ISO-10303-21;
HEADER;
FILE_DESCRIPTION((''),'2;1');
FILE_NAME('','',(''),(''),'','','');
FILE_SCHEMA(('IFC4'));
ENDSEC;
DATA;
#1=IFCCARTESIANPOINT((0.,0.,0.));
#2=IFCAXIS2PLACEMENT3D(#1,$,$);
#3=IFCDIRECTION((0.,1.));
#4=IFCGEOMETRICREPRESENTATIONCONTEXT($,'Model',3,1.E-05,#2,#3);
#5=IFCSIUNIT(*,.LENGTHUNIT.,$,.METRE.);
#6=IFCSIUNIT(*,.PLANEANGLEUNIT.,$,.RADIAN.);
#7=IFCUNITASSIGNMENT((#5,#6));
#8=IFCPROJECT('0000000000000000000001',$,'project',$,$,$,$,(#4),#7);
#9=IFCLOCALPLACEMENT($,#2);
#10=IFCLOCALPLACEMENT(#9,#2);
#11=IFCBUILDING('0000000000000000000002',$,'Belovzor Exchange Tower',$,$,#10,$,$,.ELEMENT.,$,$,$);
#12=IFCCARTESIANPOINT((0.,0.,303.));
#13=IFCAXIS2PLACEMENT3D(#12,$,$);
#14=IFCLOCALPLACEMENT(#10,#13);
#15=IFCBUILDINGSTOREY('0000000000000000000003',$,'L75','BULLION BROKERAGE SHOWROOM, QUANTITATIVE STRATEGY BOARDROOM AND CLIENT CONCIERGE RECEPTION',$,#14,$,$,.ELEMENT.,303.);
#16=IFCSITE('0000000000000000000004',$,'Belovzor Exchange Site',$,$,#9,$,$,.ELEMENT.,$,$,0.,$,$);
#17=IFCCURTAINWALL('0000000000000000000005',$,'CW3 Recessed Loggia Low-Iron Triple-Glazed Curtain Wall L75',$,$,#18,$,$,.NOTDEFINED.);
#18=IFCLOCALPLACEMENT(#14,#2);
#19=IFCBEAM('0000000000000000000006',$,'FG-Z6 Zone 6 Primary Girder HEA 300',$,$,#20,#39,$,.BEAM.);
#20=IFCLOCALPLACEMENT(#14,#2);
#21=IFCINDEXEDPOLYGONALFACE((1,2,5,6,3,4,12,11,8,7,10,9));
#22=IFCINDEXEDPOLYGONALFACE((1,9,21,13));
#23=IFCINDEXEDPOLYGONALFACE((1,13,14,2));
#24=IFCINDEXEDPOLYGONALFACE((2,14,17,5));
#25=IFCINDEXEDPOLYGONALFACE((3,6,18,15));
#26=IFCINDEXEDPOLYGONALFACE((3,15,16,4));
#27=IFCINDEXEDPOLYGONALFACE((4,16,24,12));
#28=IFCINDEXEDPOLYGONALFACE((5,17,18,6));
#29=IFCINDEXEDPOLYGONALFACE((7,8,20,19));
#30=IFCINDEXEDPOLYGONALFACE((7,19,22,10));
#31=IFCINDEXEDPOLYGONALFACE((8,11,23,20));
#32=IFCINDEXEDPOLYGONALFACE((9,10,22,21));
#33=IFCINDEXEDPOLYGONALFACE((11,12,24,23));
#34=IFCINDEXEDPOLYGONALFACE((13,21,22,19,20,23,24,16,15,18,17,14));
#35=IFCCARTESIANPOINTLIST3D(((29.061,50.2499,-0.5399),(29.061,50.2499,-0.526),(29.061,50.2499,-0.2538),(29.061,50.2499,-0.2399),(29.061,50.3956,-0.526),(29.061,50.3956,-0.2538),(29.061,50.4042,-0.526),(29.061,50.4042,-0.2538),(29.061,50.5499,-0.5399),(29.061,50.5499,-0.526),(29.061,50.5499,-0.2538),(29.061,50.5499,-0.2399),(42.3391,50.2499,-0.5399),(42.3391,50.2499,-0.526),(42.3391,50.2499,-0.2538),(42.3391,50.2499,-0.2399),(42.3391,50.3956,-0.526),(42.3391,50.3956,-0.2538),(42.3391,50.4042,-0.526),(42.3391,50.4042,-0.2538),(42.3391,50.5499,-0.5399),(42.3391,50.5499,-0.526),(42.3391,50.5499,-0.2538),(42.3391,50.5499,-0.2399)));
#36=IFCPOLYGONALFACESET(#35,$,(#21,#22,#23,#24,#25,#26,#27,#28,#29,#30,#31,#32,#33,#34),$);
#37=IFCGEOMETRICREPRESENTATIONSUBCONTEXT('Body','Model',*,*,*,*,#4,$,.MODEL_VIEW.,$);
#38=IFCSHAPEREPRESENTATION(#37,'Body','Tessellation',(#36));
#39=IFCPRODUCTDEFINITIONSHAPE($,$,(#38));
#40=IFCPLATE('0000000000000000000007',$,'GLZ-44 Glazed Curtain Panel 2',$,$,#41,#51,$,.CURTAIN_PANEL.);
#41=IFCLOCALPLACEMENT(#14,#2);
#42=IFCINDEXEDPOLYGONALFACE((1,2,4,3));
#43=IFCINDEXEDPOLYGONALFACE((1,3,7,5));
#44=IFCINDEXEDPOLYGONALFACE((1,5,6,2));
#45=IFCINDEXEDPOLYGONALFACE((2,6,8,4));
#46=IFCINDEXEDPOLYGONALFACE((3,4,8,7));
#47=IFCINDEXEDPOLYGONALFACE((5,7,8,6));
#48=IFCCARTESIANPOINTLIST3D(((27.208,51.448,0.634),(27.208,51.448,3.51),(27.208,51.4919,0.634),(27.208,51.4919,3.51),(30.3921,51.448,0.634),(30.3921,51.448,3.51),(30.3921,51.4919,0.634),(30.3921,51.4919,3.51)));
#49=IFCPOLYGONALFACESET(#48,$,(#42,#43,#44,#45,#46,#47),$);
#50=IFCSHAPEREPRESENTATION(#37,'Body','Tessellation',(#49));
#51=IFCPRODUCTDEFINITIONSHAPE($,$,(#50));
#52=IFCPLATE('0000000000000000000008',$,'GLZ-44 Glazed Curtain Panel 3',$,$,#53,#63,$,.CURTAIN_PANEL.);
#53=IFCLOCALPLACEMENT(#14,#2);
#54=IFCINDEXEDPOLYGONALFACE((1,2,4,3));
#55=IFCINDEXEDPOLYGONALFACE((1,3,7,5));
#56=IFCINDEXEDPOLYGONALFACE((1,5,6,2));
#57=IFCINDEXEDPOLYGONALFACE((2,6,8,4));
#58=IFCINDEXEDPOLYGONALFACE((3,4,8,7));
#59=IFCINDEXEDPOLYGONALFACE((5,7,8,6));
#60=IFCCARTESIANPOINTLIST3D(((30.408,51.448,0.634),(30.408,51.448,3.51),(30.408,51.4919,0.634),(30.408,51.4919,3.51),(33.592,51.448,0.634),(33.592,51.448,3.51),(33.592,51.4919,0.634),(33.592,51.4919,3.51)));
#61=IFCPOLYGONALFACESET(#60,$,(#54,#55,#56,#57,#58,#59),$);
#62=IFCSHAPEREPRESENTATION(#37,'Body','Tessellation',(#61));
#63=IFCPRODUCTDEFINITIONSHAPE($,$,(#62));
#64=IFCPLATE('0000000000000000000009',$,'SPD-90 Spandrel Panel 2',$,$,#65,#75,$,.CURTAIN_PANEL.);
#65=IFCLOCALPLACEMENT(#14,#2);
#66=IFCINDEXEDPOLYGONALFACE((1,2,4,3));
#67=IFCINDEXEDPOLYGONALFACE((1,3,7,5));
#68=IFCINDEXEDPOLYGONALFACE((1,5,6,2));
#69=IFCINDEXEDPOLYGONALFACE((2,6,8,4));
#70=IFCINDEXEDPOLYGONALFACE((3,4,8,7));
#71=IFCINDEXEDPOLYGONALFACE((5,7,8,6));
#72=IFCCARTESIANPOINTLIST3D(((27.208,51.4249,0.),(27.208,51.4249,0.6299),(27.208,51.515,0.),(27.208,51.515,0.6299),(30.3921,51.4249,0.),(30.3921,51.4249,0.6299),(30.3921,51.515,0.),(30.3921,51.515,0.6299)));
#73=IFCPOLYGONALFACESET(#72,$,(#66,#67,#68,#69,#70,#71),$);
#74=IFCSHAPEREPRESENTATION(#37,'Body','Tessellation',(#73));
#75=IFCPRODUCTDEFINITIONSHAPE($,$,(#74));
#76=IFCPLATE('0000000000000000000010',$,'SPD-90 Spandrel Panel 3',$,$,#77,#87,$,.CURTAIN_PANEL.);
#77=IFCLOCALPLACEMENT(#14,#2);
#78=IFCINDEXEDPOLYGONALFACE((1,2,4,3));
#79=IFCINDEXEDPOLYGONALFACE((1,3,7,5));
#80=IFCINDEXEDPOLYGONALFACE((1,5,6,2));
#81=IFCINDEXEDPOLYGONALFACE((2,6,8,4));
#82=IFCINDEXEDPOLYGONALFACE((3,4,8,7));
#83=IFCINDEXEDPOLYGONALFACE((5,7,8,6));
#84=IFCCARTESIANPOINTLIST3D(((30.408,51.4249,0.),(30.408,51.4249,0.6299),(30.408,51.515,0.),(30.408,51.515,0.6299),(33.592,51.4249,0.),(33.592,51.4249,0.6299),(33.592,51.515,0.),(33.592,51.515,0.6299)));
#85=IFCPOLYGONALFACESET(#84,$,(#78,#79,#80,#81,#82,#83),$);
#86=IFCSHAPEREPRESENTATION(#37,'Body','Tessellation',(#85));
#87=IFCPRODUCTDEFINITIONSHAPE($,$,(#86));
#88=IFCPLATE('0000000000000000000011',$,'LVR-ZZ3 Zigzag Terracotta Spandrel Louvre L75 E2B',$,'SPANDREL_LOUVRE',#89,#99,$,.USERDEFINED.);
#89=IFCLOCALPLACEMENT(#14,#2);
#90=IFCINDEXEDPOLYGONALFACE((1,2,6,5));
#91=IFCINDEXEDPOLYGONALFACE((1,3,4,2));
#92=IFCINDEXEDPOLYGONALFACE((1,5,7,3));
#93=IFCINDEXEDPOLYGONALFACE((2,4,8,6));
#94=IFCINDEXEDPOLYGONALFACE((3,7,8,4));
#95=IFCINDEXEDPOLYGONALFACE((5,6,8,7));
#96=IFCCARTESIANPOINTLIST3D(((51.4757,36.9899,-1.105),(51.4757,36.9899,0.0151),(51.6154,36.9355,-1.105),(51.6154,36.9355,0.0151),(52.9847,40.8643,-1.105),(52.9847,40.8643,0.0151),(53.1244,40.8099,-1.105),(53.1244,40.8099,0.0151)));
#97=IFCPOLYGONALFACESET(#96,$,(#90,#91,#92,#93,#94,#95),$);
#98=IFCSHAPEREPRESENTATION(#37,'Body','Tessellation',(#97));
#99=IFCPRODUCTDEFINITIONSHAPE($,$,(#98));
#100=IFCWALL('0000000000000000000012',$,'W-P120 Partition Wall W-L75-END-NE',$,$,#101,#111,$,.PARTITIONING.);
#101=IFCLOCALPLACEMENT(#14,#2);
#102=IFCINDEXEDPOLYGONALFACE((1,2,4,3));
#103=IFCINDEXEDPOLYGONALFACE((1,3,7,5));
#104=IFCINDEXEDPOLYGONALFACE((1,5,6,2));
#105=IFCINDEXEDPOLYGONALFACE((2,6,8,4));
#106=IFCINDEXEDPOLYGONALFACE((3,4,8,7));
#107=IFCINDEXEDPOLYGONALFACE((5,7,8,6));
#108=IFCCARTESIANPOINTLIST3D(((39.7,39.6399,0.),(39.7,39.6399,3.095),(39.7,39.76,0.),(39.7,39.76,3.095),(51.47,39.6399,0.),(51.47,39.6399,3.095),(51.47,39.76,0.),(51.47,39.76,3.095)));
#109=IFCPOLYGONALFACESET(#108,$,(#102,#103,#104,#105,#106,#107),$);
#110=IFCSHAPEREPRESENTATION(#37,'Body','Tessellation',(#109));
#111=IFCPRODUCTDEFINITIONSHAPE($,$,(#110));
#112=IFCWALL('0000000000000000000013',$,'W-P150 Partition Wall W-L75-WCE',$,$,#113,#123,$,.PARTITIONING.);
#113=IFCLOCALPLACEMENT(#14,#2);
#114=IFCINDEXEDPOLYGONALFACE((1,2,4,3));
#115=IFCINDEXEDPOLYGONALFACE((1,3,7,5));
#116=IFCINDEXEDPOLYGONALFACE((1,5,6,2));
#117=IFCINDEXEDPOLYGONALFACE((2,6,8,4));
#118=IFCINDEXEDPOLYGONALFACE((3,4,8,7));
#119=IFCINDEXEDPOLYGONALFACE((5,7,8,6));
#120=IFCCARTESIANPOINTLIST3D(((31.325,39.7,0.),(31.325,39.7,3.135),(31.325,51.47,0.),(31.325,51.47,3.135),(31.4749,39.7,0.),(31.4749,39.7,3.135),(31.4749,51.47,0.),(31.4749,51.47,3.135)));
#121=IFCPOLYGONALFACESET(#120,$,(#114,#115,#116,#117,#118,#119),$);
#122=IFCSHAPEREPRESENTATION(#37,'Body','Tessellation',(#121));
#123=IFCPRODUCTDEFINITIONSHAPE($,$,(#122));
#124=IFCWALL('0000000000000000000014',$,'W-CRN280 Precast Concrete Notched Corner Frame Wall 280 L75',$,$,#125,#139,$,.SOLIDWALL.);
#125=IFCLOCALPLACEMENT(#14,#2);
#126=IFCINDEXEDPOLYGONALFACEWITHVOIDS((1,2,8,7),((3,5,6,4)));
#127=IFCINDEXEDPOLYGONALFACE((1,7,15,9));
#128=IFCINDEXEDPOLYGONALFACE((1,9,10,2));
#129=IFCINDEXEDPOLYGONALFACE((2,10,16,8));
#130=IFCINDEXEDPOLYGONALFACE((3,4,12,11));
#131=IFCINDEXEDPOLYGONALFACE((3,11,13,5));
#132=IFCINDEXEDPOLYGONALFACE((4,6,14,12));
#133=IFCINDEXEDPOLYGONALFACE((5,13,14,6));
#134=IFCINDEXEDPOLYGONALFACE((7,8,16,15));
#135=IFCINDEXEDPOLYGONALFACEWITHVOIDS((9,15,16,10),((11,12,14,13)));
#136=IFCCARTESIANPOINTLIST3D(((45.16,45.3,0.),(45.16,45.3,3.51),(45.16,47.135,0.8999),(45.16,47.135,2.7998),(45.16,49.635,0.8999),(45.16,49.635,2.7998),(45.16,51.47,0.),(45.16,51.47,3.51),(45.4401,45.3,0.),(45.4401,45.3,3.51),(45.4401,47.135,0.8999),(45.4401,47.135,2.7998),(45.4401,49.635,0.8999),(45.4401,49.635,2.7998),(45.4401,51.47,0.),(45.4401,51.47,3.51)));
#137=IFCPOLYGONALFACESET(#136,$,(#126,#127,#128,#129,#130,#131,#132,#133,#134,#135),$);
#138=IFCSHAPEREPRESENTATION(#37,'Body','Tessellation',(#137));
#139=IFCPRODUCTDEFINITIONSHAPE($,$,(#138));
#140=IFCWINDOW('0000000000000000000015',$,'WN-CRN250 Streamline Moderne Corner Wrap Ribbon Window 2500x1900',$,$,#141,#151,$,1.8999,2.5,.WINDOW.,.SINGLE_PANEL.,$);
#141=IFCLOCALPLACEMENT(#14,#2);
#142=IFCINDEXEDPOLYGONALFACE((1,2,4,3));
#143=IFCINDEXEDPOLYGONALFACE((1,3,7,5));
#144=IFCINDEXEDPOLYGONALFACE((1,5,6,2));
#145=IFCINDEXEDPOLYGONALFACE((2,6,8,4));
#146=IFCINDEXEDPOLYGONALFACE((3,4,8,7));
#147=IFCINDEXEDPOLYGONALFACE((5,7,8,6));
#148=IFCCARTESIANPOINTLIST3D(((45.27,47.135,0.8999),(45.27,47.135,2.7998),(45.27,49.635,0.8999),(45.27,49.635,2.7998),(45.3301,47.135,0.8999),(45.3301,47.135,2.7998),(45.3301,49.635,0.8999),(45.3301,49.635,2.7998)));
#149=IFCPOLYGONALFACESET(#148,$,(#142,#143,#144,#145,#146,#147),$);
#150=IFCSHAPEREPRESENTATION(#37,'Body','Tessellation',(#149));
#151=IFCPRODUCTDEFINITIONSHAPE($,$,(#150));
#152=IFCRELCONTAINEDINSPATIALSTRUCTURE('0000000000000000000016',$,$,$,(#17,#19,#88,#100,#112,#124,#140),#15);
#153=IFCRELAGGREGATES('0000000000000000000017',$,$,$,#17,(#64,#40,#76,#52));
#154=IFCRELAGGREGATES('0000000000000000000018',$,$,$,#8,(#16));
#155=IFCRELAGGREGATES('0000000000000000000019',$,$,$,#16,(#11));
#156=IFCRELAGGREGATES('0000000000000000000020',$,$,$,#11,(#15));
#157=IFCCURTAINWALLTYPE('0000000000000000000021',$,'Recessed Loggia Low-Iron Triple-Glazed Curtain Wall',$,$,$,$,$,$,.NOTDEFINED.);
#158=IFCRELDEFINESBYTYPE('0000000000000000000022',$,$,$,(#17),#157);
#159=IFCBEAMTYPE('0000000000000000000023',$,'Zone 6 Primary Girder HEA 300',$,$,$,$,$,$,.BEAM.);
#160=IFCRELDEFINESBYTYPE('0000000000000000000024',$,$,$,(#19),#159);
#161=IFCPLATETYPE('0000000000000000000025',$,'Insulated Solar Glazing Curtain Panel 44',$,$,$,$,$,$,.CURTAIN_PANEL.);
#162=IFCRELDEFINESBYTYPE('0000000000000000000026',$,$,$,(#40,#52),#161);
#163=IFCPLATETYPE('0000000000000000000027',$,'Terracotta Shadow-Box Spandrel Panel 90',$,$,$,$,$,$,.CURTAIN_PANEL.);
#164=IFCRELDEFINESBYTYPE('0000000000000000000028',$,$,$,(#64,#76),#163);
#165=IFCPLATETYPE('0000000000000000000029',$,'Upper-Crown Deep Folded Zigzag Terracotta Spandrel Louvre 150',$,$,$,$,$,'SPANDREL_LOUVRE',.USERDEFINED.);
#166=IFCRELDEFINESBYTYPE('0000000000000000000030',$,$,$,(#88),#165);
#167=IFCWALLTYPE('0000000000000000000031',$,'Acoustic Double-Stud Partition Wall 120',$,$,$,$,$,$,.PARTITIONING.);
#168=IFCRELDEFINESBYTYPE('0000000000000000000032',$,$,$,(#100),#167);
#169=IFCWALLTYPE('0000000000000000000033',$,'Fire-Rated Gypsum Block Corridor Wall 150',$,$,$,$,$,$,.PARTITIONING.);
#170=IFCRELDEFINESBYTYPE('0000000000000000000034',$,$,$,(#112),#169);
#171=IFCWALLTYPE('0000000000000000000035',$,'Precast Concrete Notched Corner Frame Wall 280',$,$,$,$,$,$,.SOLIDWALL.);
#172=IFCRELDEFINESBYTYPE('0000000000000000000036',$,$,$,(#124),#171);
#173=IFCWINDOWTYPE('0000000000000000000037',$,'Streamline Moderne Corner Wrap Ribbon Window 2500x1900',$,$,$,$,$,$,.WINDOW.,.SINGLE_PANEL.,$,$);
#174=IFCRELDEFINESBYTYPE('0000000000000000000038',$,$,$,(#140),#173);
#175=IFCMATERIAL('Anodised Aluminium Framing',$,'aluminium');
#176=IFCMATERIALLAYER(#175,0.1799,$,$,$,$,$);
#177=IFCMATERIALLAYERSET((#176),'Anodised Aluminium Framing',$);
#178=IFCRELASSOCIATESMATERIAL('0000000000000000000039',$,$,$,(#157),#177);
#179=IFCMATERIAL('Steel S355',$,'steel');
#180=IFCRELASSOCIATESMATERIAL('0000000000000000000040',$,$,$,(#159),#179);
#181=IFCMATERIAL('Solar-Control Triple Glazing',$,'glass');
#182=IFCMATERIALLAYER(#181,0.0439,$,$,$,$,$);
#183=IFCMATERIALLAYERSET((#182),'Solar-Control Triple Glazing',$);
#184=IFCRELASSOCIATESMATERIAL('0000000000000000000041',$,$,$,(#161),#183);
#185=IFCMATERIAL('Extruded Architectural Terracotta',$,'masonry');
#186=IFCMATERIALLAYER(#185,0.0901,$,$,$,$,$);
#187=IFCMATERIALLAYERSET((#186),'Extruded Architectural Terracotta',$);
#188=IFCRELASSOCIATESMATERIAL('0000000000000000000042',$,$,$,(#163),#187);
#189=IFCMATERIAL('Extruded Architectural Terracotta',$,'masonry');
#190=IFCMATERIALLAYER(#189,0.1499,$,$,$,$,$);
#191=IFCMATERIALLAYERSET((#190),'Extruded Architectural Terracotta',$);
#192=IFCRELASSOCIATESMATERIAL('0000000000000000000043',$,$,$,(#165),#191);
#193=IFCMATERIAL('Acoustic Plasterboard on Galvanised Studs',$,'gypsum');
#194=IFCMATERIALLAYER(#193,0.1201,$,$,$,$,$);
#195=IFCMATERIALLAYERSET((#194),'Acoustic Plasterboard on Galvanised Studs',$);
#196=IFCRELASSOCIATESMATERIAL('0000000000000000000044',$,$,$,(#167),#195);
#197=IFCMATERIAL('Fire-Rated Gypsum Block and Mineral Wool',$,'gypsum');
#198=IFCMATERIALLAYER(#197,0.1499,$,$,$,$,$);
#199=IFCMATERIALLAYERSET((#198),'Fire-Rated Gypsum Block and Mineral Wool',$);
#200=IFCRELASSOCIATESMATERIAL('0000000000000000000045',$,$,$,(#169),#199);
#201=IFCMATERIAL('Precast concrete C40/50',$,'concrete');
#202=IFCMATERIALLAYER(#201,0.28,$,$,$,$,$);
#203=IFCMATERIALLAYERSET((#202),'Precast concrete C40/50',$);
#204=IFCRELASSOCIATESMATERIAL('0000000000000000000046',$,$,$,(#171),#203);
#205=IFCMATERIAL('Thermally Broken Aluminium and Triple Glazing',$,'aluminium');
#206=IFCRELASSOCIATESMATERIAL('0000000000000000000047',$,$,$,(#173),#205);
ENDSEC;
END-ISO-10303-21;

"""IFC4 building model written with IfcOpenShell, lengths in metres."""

from ifc_helpers import new_model, si_unit, direction, frame, frame_2d, origin, origin_2d, place, context, subcontext, project, spatial, rectangle, i_section, extrude, material, layer, layer_set, material_profile, profile_set, type_object, element, fill, aggregate, save


model = new_model("IFC4")

# Units and contexts
model_context = context("Model", 3, precision=1e-05, world=origin(), true_north=direction((0.0, 1.0)))
body_context = subcontext(model_context, "Body", "Model", "MODEL_VIEW")
ifc_project = project(units=[si_unit("LENGTHUNIT", "METRE"), si_unit("PLANEANGLEUNIT", "RADIAN")], contexts=[model_context])

# Site, building, storey
site_placement = place(None, origin())
site = spatial("IfcSite", under=ifc_project, at=site_placement, Name="Belovzor Exchange Site", CompositionType="ELEMENT", RefElevation=0.0)
building_placement = place(site_placement, origin())
building = spatial("IfcBuilding", under=site, at=building_placement, Name="Belovzor Exchange Tower", CompositionType="ELEMENT")
storey_placement = place(building_placement, frame((0.0, 0.0, 303.0)))
storey = spatial("IfcBuildingStorey", under=building, at=storey_placement, Name="L75", Description="BULLION BROKERAGE SHOWROOM, QUANTITATIVE STRATEGY BOARDROOM AND CLIENT CONCIERGE RECEPTION", CompositionType="ELEMENT", Elevation=303.0)

# Curtain wall
ifc_material_1 = material(Name="Anodised Aluminium Framing", Category="aluminium")
ifc_layer_1 = layer(ifc_material_1, 0.1799)
ifc_layer_set_1 = layer_set([ifc_layer_1], Name="Anodised Aluminium Framing")
curtain_wall_type = type_object("IfcCurtainWallType", Name="Recessed Loggia Low-Iron Triple-Glazed Curtain Wall", PredefinedType="NOTDEFINED", material=ifc_layer_set_1)
curtain_wall_placement = place(storey_placement, origin())
curtain_wall = element("IfcCurtainWall", 1, at=curtain_wall_placement, inside=storey, type_object=curtain_wall_type, Name="CW3 Recessed Loggia Low-Iron Triple-Glazed Curtain Wall L75", PredefinedType="NOTDEFINED")

# Beam
ifc_material_2 = material(Name="Steel S355", Category="steel")
ifc_material_profile_1 = material_profile(ifc_material_2, i_section(OverallWidth=0.3, OverallDepth=0.3, WebThickness=0.0085, FlangeThickness=0.0139, at=origin_2d()))
ifc_profile_set_1 = profile_set([ifc_material_profile_1], Name="Steel S355")
beam_type_1 = type_object("IfcBeamType", Name="Zone 6 Primary Girder HEA 300", PredefinedType="BEAM", material=ifc_profile_set_1)
beam_1_placement = place(storey_placement, frame((42.3391, 50.3999, -0.3899), z_axis=(-1.0, 0.0, 0.0), x_axis=(0.0, -1.0, 0.0)))
element("IfcBeam", 2, at=beam_1_placement, inside=storey, type_object=beam_type_1, Name="FG-Z6 Zone 6 Primary Girder HEA 300", PredefinedType="BEAM", context=body_context, shape_type="SweptSolid", body=[
    extrude(i_section(OverallWidth=0.3, OverallDepth=0.3, WebThickness=0.0085, FlangeThickness=0.0139, at=origin_2d()), origin(), (0.0, 0.0, 1.0), 13.2781),
])

# Plates
ifc_material_3 = material(Name="Solar-Control Triple Glazing", Category="glass")
ifc_layer_2 = layer(ifc_material_3, 0.0439)
ifc_layer_set_2 = layer_set([ifc_layer_2], Name="Solar-Control Triple Glazing")
plate_type_1 = type_object("IfcPlateType", Name="Insulated Solar Glazing Curtain Panel 44", PredefinedType="CURTAIN_PANEL", material=ifc_layer_set_2)
plate_1_placement = place(storey_placement, frame((28.8, 51.47, 0.634), z_axis=(0.0, 0.0, 1.0), x_axis=(1.0, 0.0, 0.0)))
plate_1 = element("IfcPlate", 3, at=plate_1_placement, type_object=plate_type_1, Name="GLZ-44 Glazed Curtain Panel 2", PredefinedType="CURTAIN_PANEL", context=body_context, shape_type="SweptSolid", body=[
    extrude(rectangle(XDim=3.1841, YDim=0.0439, at=origin_2d()), origin(), (0.0, 0.0, 1.0), 2.876),
])
plate_2_placement = place(storey_placement, frame((32.0, 51.47, 0.634), z_axis=(0.0, 0.0, 1.0), x_axis=(1.0, 0.0, 0.0)))
plate_2 = element("IfcPlate", 4, at=plate_2_placement, type_object=plate_type_1, Name="GLZ-44 Glazed Curtain Panel 3", PredefinedType="CURTAIN_PANEL", context=body_context, shape_type="SweptSolid", body=[
    extrude(rectangle(XDim=3.1841, YDim=0.0439, at=origin_2d()), origin(), (0.0, 0.0, 1.0), 2.876),
])
ifc_material_4 = material(Name="Extruded Architectural Terracotta", Category="masonry")
ifc_layer_3 = layer(ifc_material_4, 0.0901)
ifc_layer_set_3 = layer_set([ifc_layer_3], Name="Extruded Architectural Terracotta")
plate_type_2 = type_object("IfcPlateType", Name="Terracotta Shadow-Box Spandrel Panel 90", PredefinedType="CURTAIN_PANEL", material=ifc_layer_set_3)
plate_3_placement = place(storey_placement, frame((28.8, 51.47, 0.0), z_axis=(0.0, 0.0, 1.0), x_axis=(1.0, 0.0, 0.0)))
plate_3 = element("IfcPlate", 5, at=plate_3_placement, type_object=plate_type_2, Name="SPD-90 Spandrel Panel 2", PredefinedType="CURTAIN_PANEL", context=body_context, shape_type="SweptSolid", body=[
    extrude(rectangle(XDim=3.1841, YDim=0.0901, at=origin_2d()), origin(), (0.0, 0.0, 1.0), 0.6299),
])
plate_4_placement = place(storey_placement, frame((32.0, 51.47, 0.0), z_axis=(0.0, 0.0, 1.0), x_axis=(1.0, 0.0, 0.0)))
plate_4 = element("IfcPlate", 6, at=plate_4_placement, type_object=plate_type_2, Name="SPD-90 Spandrel Panel 3", PredefinedType="CURTAIN_PANEL", context=body_context, shape_type="SweptSolid", body=[
    extrude(rectangle(XDim=3.1841, YDim=0.0901, at=origin_2d()), origin(), (0.0, 0.0, 1.0), 0.6299),
])
aggregate(curtain_wall, [plate_3, plate_1, plate_4, plate_2])
ifc_material_5 = material(Name="Extruded Architectural Terracotta", Category="masonry")
ifc_layer_4 = layer(ifc_material_5, 0.1499)
ifc_layer_set_4 = layer_set([ifc_layer_4], Name="Extruded Architectural Terracotta")
plate_type_3 = type_object("IfcPlateType", Name="Upper-Crown Deep Folded Zigzag Terracotta Spandrel Louvre 150", ElementType="SPANDREL_LOUVRE", PredefinedType="USERDEFINED", material=ifc_layer_set_4)
plate_5_placement = place(storey_placement, frame((52.3, 38.8999, -1.105), z_axis=(0.0, 0.0, 1.0), x_axis=(0.362926, 0.931818, 0.0)))
element("IfcPlate", 7, at=plate_5_placement, inside=storey, type_object=plate_type_3, Name="LVR-ZZ3 Zigzag Terracotta Spandrel Louvre L75 E2B", ObjectType="SPANDREL_LOUVRE", PredefinedType="USERDEFINED", context=body_context, shape_type="SweptSolid", body=[
    extrude(rectangle(XDim=4.158, YDim=0.1499, at=origin_2d()), origin(), (0.0, 0.0, 1.0), 1.1201),
])

# Walls
ifc_material_6 = material(Name="Acoustic Plasterboard on Galvanised Studs", Category="gypsum")
ifc_layer_5 = layer(ifc_material_6, 0.1201)
ifc_layer_set_5 = layer_set([ifc_layer_5], Name="Acoustic Plasterboard on Galvanised Studs")
wall_type_1 = type_object("IfcWallType", Name="Acoustic Double-Stud Partition Wall 120", PredefinedType="PARTITIONING", material=ifc_layer_set_5)
wall_1_placement = place(storey_placement, frame((39.7, 39.7, 0.0), z_axis=(0.0, 0.0, 1.0), x_axis=(1.0, 0.0, 0.0)))
element("IfcWall", 8, at=wall_1_placement, inside=storey, type_object=wall_type_1, Name="W-P120 Partition Wall W-L75-END-NE", PredefinedType="PARTITIONING", context=body_context, shape_type="SweptSolid", body=[
    extrude(rectangle(XDim=11.77, YDim=0.1201, at=frame_2d((5.885, 0.0))), origin(), (0.0, 0.0, 1.0), 3.095),
])
ifc_material_7 = material(Name="Fire-Rated Gypsum Block and Mineral Wool", Category="gypsum")
ifc_layer_6 = layer(ifc_material_7, 0.1499)
ifc_layer_set_6 = layer_set([ifc_layer_6], Name="Fire-Rated Gypsum Block and Mineral Wool")
wall_type_2 = type_object("IfcWallType", Name="Fire-Rated Gypsum Block Corridor Wall 150", PredefinedType="PARTITIONING", material=ifc_layer_set_6)
wall_2_placement = place(storey_placement, frame((31.3999, 39.7, 0.0), z_axis=(0.0, 0.0, 1.0), x_axis=(0.0, 1.0, 0.0)))
element("IfcWall", 9, at=wall_2_placement, inside=storey, type_object=wall_type_2, Name="W-P150 Partition Wall W-L75-WCE", PredefinedType="PARTITIONING", context=body_context, shape_type="SweptSolid", body=[
    extrude(rectangle(XDim=11.77, YDim=0.1499, at=frame_2d((5.885, 0.0))), origin(), (0.0, 0.0, 1.0), 3.135),
])

# Wall, opening, window
ifc_material_8 = material(Name="Precast concrete C40/50", Category="concrete")
ifc_layer_7 = layer(ifc_material_8, 0.28)
ifc_layer_set_7 = layer_set([ifc_layer_7], Name="Precast concrete C40/50")
wall_type_3 = type_object("IfcWallType", Name="Precast Concrete Notched Corner Frame Wall 280", PredefinedType="SOLIDWALL", material=ifc_layer_set_7)
wall_3_placement = place(storey_placement, frame((45.3, 51.47, 0.0), z_axis=(0.0, 0.0, 1.0), x_axis=(0.0, -1.0, 0.0)))
wall_3 = element("IfcWall", 10, at=wall_3_placement, inside=storey, type_object=wall_type_3, Name="W-CRN280 Precast Concrete Notched Corner Frame Wall 280 L75", PredefinedType="SOLIDWALL", context=body_context, shape_type="SweptSolid", body=[
    extrude(rectangle(XDim=6.1699, YDim=0.28, at=frame_2d((3.085, 0.0))), origin(), (0.0, 0.0, 1.0), 3.51),
])
opening_1_placement = place(wall_3_placement, frame((1.835, 0.0, 0.8999)))
opening_1 = element("IfcOpeningElement", 11, at=opening_1_placement, cuts=wall_3, PredefinedType="OPENING", context=body_context, shape_type="SweptSolid", body=[
    extrude(rectangle(XDim=2.5, YDim=1.8999, at=frame_2d((1.25, 0.95))), frame((0.0, 0.1499, 0.0), z_axis=(0.0, -1.0, 0.0), x_axis=(1.0, 0.0, 0.0)), (0.0, 0.0, 1.0), 0.3),
])
ifc_material_9 = material(Name="Thermally Broken Aluminium and Triple Glazing", Category="aluminium")
window_type_1 = type_object("IfcWindowType", Name="Streamline Moderne Corner Wrap Ribbon Window 2500x1900", PartitioningType="SINGLE_PANEL", PredefinedType="WINDOW", material=ifc_material_9)
window_1_placement = place(opening_1_placement, origin())
window_1 = element("IfcWindow", 12, at=window_1_placement, inside=storey, type_object=window_type_1, Name="WN-CRN250 Streamline Moderne Corner Wrap Ribbon Window 2500x1900", OverallHeight=1.8999, OverallWidth=2.5, PartitioningType="SINGLE_PANEL", PredefinedType="WINDOW", context=body_context, shape_type="SweptSolid", body=[
    extrude(rectangle(XDim=2.5, YDim=1.8999, at=frame_2d((1.25, 0.95))), frame((0.0, 0.03, 0.0), z_axis=(0.0, -1.0, 0.0), x_axis=(1.0, 0.0, 0.0)), (0.0, 0.0, 1.0), 0.0601),
])
fill(opening_1, window_1)

save(model, "model.ifc")
